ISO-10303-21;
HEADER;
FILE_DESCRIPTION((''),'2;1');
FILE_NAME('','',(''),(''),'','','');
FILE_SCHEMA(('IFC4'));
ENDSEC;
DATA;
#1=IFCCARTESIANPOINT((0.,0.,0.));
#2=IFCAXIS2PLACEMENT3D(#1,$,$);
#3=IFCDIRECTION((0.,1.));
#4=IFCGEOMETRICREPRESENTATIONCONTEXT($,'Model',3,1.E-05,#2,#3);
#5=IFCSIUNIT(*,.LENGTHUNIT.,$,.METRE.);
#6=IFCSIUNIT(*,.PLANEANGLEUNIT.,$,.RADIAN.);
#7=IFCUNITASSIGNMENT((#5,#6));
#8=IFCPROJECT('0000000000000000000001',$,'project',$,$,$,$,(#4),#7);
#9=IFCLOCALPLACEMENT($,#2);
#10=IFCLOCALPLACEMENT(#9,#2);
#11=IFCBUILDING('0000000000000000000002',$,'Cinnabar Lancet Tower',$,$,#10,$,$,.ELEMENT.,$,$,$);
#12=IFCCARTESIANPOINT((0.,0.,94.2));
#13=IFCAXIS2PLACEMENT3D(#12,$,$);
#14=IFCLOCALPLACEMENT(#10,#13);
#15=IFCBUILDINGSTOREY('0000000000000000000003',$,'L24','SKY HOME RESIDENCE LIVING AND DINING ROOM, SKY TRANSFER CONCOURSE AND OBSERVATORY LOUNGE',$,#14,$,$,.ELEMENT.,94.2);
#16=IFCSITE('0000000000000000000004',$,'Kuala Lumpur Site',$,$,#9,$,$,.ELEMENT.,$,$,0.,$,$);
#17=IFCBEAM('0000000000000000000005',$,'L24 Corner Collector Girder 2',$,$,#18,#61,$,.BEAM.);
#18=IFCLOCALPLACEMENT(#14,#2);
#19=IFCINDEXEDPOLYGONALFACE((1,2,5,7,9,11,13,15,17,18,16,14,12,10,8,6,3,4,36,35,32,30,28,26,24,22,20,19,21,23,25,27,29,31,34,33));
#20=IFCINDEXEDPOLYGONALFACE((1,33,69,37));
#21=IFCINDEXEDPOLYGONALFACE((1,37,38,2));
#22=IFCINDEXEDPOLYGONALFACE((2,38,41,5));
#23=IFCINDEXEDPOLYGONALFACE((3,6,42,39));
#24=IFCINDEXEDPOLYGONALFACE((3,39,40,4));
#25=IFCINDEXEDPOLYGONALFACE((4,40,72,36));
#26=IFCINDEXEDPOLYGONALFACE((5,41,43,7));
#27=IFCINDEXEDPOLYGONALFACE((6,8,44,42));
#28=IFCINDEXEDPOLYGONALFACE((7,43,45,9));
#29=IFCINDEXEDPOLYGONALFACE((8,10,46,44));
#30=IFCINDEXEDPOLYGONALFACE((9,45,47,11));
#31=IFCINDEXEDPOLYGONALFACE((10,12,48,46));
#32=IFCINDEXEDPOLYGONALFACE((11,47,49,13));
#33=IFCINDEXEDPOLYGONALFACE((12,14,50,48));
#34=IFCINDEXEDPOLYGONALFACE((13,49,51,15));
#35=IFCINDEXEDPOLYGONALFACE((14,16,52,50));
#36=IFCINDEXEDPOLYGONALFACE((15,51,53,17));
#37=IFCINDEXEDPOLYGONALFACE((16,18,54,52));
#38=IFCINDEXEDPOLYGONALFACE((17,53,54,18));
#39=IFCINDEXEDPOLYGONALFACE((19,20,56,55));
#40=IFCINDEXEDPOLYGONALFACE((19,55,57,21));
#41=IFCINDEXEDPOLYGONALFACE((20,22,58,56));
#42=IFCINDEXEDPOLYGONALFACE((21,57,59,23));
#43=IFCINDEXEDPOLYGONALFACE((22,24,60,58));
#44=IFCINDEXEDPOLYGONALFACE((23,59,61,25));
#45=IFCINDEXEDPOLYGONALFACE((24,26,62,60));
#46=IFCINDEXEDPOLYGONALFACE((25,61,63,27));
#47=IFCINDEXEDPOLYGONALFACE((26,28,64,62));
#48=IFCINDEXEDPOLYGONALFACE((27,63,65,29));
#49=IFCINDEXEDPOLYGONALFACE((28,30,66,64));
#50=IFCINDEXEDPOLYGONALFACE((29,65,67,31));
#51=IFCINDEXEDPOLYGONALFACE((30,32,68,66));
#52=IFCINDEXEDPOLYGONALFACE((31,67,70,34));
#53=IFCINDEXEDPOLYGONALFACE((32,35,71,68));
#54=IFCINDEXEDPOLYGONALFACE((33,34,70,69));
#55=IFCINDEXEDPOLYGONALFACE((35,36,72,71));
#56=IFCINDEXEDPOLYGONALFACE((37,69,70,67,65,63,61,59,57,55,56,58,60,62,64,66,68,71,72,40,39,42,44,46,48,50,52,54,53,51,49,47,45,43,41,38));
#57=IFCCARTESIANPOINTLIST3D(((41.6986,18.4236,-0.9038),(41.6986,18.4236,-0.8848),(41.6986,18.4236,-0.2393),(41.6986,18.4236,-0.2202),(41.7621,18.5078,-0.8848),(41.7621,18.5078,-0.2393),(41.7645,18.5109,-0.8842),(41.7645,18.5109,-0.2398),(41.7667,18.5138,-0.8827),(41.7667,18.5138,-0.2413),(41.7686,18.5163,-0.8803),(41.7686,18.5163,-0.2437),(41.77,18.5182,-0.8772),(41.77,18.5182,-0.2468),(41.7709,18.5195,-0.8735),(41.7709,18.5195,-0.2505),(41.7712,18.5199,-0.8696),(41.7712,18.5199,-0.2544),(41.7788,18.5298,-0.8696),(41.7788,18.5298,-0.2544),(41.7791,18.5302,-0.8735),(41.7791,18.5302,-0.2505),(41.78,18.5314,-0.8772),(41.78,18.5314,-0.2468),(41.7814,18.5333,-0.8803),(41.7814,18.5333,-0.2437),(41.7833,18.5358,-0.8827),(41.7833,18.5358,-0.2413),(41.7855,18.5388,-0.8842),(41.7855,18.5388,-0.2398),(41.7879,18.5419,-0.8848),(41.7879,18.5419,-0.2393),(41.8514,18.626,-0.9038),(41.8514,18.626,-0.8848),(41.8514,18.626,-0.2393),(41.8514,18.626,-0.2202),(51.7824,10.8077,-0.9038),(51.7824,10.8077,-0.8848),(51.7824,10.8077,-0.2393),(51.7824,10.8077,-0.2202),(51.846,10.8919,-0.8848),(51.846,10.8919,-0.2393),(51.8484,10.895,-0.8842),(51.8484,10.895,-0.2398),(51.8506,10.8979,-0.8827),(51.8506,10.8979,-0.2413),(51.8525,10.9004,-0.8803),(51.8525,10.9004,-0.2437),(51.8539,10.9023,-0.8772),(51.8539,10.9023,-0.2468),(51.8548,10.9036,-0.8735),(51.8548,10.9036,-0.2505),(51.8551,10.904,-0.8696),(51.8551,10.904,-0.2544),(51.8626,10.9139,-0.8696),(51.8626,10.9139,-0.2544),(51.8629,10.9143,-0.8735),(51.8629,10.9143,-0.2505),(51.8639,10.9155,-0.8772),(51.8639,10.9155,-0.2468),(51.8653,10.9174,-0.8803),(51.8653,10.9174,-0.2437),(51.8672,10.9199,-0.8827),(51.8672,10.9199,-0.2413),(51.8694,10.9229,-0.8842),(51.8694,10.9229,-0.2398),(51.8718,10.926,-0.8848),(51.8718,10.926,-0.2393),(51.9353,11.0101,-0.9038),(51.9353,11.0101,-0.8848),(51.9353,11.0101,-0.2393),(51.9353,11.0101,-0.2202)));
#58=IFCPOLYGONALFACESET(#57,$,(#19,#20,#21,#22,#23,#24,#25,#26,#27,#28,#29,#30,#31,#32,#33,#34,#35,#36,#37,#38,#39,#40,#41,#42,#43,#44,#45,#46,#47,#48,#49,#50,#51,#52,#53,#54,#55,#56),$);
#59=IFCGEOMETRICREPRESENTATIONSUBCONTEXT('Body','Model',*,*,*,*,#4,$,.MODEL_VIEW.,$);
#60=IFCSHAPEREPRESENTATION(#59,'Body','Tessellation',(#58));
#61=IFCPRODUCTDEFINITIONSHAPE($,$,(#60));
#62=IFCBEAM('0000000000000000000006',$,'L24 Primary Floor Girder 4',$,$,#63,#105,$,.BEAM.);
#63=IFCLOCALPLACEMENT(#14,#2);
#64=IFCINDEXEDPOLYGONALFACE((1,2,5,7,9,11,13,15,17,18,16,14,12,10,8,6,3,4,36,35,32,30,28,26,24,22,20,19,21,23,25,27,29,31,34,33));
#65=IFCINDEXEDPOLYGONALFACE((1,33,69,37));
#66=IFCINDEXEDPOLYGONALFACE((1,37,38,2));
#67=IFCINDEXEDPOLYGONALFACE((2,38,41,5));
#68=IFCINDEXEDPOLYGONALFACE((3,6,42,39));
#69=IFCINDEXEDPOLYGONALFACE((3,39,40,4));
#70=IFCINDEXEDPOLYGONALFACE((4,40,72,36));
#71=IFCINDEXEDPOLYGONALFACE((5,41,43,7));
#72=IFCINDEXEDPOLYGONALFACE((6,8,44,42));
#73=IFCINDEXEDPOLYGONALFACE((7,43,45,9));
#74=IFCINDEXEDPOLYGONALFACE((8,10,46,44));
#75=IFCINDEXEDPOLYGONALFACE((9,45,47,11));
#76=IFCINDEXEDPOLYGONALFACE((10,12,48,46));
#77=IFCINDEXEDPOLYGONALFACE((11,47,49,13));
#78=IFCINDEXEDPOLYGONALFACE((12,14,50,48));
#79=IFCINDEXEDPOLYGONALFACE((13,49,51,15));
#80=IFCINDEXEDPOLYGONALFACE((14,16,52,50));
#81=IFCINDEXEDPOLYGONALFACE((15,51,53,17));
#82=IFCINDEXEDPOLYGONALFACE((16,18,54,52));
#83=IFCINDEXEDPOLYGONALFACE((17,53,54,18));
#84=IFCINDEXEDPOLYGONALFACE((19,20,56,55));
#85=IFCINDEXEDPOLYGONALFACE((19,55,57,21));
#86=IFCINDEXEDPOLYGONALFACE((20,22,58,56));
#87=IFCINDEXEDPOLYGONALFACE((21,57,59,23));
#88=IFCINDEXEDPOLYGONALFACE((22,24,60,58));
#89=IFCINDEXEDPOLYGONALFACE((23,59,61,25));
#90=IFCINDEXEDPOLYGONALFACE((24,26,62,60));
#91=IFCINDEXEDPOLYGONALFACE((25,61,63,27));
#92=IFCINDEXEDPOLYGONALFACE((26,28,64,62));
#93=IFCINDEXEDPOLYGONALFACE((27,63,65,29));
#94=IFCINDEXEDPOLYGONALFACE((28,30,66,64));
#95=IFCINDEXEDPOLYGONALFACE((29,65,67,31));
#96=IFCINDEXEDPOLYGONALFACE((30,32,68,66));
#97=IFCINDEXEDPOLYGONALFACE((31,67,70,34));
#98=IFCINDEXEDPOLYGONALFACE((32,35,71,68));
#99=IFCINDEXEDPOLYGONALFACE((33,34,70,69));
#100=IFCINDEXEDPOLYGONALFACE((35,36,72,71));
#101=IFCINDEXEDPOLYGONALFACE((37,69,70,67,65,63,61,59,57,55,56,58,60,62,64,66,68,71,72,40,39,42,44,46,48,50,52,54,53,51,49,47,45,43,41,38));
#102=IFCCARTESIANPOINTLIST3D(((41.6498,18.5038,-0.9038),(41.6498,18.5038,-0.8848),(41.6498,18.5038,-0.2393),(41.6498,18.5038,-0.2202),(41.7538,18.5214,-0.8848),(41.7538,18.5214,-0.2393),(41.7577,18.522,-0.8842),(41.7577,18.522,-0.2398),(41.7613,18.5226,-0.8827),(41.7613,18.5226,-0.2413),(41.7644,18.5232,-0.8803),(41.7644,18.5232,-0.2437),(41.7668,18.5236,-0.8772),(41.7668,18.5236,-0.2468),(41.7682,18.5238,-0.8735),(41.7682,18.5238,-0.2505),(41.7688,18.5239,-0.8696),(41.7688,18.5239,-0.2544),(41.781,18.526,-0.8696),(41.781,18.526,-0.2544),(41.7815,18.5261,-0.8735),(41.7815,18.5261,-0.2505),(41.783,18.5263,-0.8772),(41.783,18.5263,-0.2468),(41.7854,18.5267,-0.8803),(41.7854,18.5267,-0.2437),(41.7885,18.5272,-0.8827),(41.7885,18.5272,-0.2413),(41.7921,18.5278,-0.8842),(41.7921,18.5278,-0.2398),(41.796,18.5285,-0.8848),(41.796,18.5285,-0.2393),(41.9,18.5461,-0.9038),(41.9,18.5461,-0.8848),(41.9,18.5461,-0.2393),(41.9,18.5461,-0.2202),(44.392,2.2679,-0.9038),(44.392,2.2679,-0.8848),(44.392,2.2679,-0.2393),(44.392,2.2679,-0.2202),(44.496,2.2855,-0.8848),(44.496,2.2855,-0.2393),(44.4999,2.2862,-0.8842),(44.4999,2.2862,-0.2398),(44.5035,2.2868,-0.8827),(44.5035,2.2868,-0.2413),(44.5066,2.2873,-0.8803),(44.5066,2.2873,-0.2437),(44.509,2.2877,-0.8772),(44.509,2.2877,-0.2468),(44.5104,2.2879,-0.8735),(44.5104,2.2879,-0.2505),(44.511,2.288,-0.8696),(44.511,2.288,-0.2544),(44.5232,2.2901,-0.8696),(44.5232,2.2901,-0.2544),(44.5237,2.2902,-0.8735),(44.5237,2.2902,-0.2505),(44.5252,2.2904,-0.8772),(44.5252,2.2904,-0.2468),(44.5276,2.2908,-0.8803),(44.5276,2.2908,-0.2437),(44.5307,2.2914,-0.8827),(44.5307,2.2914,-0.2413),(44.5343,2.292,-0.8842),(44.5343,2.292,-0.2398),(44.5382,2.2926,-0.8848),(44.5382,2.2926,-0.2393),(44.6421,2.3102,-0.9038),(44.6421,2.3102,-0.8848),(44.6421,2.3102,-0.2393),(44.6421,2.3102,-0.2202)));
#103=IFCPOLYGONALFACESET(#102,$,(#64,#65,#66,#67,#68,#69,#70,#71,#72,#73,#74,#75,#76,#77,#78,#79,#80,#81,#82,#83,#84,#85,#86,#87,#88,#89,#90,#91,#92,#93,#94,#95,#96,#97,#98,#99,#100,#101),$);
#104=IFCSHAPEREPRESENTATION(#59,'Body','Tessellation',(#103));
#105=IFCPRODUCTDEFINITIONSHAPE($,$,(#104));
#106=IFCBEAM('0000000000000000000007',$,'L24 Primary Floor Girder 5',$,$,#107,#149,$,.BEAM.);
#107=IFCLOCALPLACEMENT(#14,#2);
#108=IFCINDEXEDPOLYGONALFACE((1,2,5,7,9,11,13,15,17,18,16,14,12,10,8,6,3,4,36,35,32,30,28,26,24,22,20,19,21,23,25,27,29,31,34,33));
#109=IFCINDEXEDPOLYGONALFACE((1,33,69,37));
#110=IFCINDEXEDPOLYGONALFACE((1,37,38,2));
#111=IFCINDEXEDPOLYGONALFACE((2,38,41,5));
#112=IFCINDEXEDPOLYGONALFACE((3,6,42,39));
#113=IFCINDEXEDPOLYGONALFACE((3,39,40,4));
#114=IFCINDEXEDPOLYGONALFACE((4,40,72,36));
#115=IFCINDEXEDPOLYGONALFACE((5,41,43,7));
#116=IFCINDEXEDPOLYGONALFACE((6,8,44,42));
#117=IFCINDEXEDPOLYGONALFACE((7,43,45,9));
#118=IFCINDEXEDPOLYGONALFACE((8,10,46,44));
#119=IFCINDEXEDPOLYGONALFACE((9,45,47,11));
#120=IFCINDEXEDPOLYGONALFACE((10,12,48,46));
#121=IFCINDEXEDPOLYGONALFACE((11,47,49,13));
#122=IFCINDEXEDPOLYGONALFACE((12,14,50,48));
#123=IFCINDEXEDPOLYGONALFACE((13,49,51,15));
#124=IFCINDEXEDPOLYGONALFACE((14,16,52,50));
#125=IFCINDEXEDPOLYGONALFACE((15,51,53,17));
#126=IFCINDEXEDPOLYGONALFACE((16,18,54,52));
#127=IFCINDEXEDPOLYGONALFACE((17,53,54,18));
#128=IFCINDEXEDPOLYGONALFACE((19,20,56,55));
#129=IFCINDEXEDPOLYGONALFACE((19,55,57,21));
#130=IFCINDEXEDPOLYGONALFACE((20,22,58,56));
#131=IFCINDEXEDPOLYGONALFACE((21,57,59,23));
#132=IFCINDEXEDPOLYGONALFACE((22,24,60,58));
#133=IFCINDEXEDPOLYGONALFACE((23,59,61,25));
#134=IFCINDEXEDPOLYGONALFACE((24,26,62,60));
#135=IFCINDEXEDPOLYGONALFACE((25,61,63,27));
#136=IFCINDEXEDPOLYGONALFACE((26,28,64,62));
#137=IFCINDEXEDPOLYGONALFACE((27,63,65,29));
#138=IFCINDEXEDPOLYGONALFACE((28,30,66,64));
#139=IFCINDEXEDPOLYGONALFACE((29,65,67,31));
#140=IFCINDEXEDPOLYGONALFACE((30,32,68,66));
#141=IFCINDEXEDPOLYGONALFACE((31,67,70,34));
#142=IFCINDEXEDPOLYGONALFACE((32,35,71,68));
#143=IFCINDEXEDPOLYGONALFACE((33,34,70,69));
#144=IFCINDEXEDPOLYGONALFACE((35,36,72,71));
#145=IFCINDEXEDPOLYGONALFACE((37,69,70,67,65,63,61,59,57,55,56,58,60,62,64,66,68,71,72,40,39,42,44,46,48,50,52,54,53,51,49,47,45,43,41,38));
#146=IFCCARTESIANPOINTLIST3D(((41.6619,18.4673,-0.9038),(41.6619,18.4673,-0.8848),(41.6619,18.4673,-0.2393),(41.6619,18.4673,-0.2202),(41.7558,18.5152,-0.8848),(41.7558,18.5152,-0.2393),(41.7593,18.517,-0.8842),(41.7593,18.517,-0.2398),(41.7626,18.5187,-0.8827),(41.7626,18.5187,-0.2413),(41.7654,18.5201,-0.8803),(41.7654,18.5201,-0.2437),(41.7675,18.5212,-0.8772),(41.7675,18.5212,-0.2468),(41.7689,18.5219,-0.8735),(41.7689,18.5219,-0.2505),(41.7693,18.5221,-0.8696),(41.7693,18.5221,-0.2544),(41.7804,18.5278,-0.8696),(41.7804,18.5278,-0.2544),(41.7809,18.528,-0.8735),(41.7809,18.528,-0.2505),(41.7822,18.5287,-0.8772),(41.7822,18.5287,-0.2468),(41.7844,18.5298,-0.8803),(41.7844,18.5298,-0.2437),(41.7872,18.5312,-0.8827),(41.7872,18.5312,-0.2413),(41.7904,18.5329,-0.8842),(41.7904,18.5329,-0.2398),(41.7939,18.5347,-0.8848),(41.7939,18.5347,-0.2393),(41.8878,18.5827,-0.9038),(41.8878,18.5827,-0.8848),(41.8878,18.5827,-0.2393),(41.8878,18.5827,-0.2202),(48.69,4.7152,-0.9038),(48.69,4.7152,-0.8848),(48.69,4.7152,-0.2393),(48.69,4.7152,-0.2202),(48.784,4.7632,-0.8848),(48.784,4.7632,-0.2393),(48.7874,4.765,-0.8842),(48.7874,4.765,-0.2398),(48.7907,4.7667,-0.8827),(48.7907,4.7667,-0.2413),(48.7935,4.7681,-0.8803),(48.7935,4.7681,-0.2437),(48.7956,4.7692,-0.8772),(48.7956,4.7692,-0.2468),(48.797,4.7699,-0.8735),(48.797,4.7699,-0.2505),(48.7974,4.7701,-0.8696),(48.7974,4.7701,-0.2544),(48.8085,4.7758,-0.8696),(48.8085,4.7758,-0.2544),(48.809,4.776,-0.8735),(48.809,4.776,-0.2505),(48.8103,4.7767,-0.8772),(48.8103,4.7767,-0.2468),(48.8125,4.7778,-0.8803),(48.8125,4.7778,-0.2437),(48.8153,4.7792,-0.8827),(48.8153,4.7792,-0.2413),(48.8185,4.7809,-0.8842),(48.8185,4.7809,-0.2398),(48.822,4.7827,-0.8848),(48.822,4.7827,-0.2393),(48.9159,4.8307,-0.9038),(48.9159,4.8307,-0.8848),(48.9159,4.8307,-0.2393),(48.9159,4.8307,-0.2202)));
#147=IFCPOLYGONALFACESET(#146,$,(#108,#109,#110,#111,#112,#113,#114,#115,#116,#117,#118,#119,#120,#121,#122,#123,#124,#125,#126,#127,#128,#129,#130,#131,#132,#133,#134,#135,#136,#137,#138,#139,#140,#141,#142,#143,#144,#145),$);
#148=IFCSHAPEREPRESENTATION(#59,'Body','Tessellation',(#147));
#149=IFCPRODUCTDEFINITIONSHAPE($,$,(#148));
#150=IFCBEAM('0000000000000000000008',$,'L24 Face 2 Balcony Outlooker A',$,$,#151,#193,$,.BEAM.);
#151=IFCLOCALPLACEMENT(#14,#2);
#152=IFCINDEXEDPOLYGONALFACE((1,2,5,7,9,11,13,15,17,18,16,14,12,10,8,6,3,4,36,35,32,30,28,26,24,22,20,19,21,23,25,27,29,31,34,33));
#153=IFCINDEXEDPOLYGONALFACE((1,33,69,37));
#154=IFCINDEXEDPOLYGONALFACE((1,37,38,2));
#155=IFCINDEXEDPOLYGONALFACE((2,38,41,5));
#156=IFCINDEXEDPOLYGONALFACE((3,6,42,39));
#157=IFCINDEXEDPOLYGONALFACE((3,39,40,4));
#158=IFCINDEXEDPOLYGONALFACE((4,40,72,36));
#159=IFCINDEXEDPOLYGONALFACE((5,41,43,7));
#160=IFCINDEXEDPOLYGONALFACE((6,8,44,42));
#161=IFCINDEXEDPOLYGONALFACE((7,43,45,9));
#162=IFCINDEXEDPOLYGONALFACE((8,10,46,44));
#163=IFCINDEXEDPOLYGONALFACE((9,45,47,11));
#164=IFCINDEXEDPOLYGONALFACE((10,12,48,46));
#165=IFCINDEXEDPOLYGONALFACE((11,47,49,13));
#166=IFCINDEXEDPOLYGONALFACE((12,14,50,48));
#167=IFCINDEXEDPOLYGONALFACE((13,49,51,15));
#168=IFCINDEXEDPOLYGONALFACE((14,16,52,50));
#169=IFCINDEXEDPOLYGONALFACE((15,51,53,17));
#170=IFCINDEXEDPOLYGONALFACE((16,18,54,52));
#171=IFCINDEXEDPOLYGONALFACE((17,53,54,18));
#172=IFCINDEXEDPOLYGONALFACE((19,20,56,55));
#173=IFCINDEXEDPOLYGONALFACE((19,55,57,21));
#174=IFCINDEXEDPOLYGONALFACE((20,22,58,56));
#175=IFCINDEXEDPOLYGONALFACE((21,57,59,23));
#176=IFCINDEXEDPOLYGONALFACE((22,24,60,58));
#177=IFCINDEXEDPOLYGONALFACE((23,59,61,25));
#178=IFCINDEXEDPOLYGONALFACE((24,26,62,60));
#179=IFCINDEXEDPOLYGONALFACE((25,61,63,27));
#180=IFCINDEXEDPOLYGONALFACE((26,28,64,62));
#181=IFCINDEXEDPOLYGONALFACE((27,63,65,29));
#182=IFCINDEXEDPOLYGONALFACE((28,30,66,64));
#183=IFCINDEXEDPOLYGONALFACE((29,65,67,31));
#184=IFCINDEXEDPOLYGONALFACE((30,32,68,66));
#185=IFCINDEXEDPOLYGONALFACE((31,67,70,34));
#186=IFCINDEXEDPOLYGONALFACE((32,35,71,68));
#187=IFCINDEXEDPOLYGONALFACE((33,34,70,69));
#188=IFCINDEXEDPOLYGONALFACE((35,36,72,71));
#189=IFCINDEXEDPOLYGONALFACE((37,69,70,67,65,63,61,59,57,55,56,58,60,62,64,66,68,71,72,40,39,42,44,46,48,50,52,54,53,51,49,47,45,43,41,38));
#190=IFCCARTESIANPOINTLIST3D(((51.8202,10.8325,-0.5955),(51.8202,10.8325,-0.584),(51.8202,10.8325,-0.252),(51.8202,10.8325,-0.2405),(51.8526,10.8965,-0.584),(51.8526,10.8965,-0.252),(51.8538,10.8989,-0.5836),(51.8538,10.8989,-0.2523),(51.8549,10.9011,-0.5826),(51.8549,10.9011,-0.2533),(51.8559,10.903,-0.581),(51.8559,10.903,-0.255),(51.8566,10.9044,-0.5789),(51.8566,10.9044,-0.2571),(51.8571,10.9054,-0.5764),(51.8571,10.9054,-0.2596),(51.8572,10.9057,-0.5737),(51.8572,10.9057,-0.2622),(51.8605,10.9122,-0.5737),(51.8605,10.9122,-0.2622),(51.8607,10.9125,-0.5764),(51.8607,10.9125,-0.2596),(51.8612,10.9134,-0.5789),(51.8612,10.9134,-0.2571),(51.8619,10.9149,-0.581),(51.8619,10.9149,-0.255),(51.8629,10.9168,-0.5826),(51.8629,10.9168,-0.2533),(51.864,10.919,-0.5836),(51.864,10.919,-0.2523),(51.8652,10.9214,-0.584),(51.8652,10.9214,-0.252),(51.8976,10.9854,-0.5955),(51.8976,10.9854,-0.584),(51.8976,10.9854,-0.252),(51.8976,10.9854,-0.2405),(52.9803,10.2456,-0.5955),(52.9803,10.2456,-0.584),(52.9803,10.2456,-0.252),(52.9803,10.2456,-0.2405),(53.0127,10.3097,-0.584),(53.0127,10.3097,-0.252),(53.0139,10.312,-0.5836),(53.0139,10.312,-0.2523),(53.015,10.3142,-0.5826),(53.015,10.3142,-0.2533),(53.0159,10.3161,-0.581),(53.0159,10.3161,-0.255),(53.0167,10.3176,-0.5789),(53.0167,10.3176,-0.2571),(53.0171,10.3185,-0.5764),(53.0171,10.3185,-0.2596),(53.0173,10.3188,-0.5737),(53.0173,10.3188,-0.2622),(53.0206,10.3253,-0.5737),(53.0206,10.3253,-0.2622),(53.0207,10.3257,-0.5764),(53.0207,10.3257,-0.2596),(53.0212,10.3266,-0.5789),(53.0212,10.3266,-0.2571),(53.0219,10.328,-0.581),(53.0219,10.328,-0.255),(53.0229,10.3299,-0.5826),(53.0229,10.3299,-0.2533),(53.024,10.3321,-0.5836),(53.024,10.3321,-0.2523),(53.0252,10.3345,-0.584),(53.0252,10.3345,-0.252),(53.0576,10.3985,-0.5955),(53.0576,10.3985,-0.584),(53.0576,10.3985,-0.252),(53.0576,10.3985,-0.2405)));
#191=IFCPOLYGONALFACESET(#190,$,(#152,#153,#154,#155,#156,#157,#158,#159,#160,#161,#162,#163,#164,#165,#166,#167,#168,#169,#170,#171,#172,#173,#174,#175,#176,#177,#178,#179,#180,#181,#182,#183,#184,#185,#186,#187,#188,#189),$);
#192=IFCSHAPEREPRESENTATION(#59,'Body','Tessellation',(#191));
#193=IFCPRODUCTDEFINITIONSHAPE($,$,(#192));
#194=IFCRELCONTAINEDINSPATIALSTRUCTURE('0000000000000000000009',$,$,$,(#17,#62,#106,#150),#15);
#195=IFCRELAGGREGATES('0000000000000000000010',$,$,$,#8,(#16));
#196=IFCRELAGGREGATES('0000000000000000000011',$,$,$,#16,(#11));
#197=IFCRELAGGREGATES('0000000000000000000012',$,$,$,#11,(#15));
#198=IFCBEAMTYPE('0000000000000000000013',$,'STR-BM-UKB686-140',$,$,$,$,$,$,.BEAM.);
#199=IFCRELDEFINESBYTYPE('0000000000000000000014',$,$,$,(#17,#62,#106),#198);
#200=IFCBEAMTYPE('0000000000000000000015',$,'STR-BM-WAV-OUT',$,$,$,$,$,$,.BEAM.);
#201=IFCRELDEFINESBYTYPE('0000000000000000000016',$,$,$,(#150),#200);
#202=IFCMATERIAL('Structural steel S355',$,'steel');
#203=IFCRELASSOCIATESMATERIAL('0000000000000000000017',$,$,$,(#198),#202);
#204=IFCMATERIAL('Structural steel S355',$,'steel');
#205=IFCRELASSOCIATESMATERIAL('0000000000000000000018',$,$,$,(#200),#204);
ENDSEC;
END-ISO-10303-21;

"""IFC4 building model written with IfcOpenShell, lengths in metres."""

from ifc_helpers import new_model, si_unit, direction, frame, origin, origin_2d, place, context, subcontext, project, spatial, i_section, extrude, material, material_profile, profile_set, type_object, element, save


model = new_model("IFC4")

# Units and contexts
model_context = context("Model", 3, precision=1e-05, world=origin(), true_north=direction((0.0, 1.0)))
body_context = subcontext(model_context, "Body", "Model", "MODEL_VIEW")
ifc_project = project(units=[si_unit("LENGTHUNIT", "METRE"), si_unit("PLANEANGLEUNIT", "RADIAN")], contexts=[model_context])

# Site, building, storey
site_placement = place(None, origin())
site = spatial("IfcSite", under=ifc_project, at=site_placement, Name="Kuala Lumpur Site", CompositionType="ELEMENT", RefElevation=0.0)
building_placement = place(site_placement, origin())
building = spatial("IfcBuilding", under=site, at=building_placement, Name="Cinnabar Lancet Tower", CompositionType="ELEMENT")
storey_placement = place(building_placement, frame((0.0, 0.0, 94.2)))
storey = spatial("IfcBuildingStorey", under=building, at=storey_placement, Name="L24", Description="SKY HOME RESIDENCE LIVING AND DINING ROOM, SKY TRANSFER CONCOURSE AND OBSERVATORY LOUNGE", CompositionType="ELEMENT", Elevation=94.2)

# Beams
ifc_material_1 = material(Name="Structural steel S355", Category="steel")
ifc_material_profile_1 = material_profile(ifc_material_1, i_section(OverallWidth=0.2537, OverallDepth=0.6836, WebThickness=0.0125, FlangeThickness=0.019, FilletRadius=0.0151, at=origin_2d()), Name="UKB 686x254x140")
ifc_profile_set_1 = profile_set([ifc_material_profile_1], Name="Structural steel S355")
beam_type_1 = type_object("IfcBeamType", Name="STR-BM-UKB686-140", PredefinedType="BEAM", material=ifc_profile_set_1)
beam_1_placement = place(storey_placement, frame((51.8589, 10.9089, -0.562), z_axis=(-0.797983, 0.60268, 0.0), x_axis=(-0.60268, -0.797983, 0.0)))
element("IfcBeam", 1, at=beam_1_placement, inside=storey, type_object=beam_type_1, Name="L24 Corner Collector Girder 2", PredefinedType="BEAM", context=body_context, shape_type="SweptSolid", body=[
    extrude(i_section(OverallWidth=0.2537, OverallDepth=0.6836, WebThickness=0.0125, FlangeThickness=0.019, FilletRadius=0.0151, at=origin_2d()), origin(), (0.0, 0.0, 1.0), 12.6367),
])
beam_2_placement = place(storey_placement, frame((44.5171, 2.2891, -0.562), z_axis=(-0.166539, 0.986035, 0.0), x_axis=(-0.986035, -0.166539, 0.0)))
element("IfcBeam", 2, at=beam_2_placement, inside=storey, type_object=beam_type_1, Name="L24 Primary Floor Girder 4", PredefinedType="BEAM", context=body_context, shape_type="SweptSolid", body=[
    extrude(i_section(OverallWidth=0.2537, OverallDepth=0.6836, WebThickness=0.0125, FlangeThickness=0.019, FilletRadius=0.0151, at=origin_2d()), origin(), (0.0, 0.0, 1.0), 16.4658),
])
beam_3_placement = place(storey_placement, frame((48.803, 4.7729, -0.562), z_axis=(-0.455075, 0.890453, 0.0), x_axis=(-0.890453, -0.455075, 0.0)))
element("IfcBeam", 3, at=beam_3_placement, inside=storey, type_object=beam_type_1, Name="L24 Primary Floor Girder 5", PredefinedType="BEAM", context=body_context, shape_type="SweptSolid", body=[
    extrude(i_section(OverallWidth=0.2537, OverallDepth=0.6836, WebThickness=0.0125, FlangeThickness=0.019, FilletRadius=0.0151, at=origin_2d()), origin(), (0.0, 0.0, 1.0), 15.4438),
])
ifc_material_2 = material(Name="Structural steel S355", Category="steel")
ifc_material_profile_2 = material_profile(ifc_material_2, i_section(OverallWidth=0.1714, OverallDepth=0.355, WebThickness=0.0073, FlangeThickness=0.0115, FilletRadius=0.0103, at=origin_2d()), Name="UKB 356x171x51")
ifc_profile_set_2 = profile_set([ifc_material_profile_2], Name="Structural steel S355")
beam_type_2 = type_object("IfcBeamType", Name="STR-BM-WAV-OUT", PredefinedType="BEAM", material=ifc_profile_set_2)
beam_4_placement = place(storey_placement, frame((51.8589, 10.9089, -0.418), z_axis=(0.892314, -0.451415, 0.0), x_axis=(0.451415, 0.892314, 0.0)))
element("IfcBeam", 4, at=beam_4_placement, inside=storey, type_object=beam_type_2, Name="L24 Face 2 Balcony Outlooker A", PredefinedType="BEAM", context=body_context, shape_type="SweptSolid", body=[
    extrude(i_section(OverallWidth=0.1714, OverallDepth=0.355, WebThickness=0.0073, FlangeThickness=0.0115, FilletRadius=0.0103, at=origin_2d()), origin(), (0.0, 0.0, 1.0), 1.3),
])

save(model, "model.ifc")
